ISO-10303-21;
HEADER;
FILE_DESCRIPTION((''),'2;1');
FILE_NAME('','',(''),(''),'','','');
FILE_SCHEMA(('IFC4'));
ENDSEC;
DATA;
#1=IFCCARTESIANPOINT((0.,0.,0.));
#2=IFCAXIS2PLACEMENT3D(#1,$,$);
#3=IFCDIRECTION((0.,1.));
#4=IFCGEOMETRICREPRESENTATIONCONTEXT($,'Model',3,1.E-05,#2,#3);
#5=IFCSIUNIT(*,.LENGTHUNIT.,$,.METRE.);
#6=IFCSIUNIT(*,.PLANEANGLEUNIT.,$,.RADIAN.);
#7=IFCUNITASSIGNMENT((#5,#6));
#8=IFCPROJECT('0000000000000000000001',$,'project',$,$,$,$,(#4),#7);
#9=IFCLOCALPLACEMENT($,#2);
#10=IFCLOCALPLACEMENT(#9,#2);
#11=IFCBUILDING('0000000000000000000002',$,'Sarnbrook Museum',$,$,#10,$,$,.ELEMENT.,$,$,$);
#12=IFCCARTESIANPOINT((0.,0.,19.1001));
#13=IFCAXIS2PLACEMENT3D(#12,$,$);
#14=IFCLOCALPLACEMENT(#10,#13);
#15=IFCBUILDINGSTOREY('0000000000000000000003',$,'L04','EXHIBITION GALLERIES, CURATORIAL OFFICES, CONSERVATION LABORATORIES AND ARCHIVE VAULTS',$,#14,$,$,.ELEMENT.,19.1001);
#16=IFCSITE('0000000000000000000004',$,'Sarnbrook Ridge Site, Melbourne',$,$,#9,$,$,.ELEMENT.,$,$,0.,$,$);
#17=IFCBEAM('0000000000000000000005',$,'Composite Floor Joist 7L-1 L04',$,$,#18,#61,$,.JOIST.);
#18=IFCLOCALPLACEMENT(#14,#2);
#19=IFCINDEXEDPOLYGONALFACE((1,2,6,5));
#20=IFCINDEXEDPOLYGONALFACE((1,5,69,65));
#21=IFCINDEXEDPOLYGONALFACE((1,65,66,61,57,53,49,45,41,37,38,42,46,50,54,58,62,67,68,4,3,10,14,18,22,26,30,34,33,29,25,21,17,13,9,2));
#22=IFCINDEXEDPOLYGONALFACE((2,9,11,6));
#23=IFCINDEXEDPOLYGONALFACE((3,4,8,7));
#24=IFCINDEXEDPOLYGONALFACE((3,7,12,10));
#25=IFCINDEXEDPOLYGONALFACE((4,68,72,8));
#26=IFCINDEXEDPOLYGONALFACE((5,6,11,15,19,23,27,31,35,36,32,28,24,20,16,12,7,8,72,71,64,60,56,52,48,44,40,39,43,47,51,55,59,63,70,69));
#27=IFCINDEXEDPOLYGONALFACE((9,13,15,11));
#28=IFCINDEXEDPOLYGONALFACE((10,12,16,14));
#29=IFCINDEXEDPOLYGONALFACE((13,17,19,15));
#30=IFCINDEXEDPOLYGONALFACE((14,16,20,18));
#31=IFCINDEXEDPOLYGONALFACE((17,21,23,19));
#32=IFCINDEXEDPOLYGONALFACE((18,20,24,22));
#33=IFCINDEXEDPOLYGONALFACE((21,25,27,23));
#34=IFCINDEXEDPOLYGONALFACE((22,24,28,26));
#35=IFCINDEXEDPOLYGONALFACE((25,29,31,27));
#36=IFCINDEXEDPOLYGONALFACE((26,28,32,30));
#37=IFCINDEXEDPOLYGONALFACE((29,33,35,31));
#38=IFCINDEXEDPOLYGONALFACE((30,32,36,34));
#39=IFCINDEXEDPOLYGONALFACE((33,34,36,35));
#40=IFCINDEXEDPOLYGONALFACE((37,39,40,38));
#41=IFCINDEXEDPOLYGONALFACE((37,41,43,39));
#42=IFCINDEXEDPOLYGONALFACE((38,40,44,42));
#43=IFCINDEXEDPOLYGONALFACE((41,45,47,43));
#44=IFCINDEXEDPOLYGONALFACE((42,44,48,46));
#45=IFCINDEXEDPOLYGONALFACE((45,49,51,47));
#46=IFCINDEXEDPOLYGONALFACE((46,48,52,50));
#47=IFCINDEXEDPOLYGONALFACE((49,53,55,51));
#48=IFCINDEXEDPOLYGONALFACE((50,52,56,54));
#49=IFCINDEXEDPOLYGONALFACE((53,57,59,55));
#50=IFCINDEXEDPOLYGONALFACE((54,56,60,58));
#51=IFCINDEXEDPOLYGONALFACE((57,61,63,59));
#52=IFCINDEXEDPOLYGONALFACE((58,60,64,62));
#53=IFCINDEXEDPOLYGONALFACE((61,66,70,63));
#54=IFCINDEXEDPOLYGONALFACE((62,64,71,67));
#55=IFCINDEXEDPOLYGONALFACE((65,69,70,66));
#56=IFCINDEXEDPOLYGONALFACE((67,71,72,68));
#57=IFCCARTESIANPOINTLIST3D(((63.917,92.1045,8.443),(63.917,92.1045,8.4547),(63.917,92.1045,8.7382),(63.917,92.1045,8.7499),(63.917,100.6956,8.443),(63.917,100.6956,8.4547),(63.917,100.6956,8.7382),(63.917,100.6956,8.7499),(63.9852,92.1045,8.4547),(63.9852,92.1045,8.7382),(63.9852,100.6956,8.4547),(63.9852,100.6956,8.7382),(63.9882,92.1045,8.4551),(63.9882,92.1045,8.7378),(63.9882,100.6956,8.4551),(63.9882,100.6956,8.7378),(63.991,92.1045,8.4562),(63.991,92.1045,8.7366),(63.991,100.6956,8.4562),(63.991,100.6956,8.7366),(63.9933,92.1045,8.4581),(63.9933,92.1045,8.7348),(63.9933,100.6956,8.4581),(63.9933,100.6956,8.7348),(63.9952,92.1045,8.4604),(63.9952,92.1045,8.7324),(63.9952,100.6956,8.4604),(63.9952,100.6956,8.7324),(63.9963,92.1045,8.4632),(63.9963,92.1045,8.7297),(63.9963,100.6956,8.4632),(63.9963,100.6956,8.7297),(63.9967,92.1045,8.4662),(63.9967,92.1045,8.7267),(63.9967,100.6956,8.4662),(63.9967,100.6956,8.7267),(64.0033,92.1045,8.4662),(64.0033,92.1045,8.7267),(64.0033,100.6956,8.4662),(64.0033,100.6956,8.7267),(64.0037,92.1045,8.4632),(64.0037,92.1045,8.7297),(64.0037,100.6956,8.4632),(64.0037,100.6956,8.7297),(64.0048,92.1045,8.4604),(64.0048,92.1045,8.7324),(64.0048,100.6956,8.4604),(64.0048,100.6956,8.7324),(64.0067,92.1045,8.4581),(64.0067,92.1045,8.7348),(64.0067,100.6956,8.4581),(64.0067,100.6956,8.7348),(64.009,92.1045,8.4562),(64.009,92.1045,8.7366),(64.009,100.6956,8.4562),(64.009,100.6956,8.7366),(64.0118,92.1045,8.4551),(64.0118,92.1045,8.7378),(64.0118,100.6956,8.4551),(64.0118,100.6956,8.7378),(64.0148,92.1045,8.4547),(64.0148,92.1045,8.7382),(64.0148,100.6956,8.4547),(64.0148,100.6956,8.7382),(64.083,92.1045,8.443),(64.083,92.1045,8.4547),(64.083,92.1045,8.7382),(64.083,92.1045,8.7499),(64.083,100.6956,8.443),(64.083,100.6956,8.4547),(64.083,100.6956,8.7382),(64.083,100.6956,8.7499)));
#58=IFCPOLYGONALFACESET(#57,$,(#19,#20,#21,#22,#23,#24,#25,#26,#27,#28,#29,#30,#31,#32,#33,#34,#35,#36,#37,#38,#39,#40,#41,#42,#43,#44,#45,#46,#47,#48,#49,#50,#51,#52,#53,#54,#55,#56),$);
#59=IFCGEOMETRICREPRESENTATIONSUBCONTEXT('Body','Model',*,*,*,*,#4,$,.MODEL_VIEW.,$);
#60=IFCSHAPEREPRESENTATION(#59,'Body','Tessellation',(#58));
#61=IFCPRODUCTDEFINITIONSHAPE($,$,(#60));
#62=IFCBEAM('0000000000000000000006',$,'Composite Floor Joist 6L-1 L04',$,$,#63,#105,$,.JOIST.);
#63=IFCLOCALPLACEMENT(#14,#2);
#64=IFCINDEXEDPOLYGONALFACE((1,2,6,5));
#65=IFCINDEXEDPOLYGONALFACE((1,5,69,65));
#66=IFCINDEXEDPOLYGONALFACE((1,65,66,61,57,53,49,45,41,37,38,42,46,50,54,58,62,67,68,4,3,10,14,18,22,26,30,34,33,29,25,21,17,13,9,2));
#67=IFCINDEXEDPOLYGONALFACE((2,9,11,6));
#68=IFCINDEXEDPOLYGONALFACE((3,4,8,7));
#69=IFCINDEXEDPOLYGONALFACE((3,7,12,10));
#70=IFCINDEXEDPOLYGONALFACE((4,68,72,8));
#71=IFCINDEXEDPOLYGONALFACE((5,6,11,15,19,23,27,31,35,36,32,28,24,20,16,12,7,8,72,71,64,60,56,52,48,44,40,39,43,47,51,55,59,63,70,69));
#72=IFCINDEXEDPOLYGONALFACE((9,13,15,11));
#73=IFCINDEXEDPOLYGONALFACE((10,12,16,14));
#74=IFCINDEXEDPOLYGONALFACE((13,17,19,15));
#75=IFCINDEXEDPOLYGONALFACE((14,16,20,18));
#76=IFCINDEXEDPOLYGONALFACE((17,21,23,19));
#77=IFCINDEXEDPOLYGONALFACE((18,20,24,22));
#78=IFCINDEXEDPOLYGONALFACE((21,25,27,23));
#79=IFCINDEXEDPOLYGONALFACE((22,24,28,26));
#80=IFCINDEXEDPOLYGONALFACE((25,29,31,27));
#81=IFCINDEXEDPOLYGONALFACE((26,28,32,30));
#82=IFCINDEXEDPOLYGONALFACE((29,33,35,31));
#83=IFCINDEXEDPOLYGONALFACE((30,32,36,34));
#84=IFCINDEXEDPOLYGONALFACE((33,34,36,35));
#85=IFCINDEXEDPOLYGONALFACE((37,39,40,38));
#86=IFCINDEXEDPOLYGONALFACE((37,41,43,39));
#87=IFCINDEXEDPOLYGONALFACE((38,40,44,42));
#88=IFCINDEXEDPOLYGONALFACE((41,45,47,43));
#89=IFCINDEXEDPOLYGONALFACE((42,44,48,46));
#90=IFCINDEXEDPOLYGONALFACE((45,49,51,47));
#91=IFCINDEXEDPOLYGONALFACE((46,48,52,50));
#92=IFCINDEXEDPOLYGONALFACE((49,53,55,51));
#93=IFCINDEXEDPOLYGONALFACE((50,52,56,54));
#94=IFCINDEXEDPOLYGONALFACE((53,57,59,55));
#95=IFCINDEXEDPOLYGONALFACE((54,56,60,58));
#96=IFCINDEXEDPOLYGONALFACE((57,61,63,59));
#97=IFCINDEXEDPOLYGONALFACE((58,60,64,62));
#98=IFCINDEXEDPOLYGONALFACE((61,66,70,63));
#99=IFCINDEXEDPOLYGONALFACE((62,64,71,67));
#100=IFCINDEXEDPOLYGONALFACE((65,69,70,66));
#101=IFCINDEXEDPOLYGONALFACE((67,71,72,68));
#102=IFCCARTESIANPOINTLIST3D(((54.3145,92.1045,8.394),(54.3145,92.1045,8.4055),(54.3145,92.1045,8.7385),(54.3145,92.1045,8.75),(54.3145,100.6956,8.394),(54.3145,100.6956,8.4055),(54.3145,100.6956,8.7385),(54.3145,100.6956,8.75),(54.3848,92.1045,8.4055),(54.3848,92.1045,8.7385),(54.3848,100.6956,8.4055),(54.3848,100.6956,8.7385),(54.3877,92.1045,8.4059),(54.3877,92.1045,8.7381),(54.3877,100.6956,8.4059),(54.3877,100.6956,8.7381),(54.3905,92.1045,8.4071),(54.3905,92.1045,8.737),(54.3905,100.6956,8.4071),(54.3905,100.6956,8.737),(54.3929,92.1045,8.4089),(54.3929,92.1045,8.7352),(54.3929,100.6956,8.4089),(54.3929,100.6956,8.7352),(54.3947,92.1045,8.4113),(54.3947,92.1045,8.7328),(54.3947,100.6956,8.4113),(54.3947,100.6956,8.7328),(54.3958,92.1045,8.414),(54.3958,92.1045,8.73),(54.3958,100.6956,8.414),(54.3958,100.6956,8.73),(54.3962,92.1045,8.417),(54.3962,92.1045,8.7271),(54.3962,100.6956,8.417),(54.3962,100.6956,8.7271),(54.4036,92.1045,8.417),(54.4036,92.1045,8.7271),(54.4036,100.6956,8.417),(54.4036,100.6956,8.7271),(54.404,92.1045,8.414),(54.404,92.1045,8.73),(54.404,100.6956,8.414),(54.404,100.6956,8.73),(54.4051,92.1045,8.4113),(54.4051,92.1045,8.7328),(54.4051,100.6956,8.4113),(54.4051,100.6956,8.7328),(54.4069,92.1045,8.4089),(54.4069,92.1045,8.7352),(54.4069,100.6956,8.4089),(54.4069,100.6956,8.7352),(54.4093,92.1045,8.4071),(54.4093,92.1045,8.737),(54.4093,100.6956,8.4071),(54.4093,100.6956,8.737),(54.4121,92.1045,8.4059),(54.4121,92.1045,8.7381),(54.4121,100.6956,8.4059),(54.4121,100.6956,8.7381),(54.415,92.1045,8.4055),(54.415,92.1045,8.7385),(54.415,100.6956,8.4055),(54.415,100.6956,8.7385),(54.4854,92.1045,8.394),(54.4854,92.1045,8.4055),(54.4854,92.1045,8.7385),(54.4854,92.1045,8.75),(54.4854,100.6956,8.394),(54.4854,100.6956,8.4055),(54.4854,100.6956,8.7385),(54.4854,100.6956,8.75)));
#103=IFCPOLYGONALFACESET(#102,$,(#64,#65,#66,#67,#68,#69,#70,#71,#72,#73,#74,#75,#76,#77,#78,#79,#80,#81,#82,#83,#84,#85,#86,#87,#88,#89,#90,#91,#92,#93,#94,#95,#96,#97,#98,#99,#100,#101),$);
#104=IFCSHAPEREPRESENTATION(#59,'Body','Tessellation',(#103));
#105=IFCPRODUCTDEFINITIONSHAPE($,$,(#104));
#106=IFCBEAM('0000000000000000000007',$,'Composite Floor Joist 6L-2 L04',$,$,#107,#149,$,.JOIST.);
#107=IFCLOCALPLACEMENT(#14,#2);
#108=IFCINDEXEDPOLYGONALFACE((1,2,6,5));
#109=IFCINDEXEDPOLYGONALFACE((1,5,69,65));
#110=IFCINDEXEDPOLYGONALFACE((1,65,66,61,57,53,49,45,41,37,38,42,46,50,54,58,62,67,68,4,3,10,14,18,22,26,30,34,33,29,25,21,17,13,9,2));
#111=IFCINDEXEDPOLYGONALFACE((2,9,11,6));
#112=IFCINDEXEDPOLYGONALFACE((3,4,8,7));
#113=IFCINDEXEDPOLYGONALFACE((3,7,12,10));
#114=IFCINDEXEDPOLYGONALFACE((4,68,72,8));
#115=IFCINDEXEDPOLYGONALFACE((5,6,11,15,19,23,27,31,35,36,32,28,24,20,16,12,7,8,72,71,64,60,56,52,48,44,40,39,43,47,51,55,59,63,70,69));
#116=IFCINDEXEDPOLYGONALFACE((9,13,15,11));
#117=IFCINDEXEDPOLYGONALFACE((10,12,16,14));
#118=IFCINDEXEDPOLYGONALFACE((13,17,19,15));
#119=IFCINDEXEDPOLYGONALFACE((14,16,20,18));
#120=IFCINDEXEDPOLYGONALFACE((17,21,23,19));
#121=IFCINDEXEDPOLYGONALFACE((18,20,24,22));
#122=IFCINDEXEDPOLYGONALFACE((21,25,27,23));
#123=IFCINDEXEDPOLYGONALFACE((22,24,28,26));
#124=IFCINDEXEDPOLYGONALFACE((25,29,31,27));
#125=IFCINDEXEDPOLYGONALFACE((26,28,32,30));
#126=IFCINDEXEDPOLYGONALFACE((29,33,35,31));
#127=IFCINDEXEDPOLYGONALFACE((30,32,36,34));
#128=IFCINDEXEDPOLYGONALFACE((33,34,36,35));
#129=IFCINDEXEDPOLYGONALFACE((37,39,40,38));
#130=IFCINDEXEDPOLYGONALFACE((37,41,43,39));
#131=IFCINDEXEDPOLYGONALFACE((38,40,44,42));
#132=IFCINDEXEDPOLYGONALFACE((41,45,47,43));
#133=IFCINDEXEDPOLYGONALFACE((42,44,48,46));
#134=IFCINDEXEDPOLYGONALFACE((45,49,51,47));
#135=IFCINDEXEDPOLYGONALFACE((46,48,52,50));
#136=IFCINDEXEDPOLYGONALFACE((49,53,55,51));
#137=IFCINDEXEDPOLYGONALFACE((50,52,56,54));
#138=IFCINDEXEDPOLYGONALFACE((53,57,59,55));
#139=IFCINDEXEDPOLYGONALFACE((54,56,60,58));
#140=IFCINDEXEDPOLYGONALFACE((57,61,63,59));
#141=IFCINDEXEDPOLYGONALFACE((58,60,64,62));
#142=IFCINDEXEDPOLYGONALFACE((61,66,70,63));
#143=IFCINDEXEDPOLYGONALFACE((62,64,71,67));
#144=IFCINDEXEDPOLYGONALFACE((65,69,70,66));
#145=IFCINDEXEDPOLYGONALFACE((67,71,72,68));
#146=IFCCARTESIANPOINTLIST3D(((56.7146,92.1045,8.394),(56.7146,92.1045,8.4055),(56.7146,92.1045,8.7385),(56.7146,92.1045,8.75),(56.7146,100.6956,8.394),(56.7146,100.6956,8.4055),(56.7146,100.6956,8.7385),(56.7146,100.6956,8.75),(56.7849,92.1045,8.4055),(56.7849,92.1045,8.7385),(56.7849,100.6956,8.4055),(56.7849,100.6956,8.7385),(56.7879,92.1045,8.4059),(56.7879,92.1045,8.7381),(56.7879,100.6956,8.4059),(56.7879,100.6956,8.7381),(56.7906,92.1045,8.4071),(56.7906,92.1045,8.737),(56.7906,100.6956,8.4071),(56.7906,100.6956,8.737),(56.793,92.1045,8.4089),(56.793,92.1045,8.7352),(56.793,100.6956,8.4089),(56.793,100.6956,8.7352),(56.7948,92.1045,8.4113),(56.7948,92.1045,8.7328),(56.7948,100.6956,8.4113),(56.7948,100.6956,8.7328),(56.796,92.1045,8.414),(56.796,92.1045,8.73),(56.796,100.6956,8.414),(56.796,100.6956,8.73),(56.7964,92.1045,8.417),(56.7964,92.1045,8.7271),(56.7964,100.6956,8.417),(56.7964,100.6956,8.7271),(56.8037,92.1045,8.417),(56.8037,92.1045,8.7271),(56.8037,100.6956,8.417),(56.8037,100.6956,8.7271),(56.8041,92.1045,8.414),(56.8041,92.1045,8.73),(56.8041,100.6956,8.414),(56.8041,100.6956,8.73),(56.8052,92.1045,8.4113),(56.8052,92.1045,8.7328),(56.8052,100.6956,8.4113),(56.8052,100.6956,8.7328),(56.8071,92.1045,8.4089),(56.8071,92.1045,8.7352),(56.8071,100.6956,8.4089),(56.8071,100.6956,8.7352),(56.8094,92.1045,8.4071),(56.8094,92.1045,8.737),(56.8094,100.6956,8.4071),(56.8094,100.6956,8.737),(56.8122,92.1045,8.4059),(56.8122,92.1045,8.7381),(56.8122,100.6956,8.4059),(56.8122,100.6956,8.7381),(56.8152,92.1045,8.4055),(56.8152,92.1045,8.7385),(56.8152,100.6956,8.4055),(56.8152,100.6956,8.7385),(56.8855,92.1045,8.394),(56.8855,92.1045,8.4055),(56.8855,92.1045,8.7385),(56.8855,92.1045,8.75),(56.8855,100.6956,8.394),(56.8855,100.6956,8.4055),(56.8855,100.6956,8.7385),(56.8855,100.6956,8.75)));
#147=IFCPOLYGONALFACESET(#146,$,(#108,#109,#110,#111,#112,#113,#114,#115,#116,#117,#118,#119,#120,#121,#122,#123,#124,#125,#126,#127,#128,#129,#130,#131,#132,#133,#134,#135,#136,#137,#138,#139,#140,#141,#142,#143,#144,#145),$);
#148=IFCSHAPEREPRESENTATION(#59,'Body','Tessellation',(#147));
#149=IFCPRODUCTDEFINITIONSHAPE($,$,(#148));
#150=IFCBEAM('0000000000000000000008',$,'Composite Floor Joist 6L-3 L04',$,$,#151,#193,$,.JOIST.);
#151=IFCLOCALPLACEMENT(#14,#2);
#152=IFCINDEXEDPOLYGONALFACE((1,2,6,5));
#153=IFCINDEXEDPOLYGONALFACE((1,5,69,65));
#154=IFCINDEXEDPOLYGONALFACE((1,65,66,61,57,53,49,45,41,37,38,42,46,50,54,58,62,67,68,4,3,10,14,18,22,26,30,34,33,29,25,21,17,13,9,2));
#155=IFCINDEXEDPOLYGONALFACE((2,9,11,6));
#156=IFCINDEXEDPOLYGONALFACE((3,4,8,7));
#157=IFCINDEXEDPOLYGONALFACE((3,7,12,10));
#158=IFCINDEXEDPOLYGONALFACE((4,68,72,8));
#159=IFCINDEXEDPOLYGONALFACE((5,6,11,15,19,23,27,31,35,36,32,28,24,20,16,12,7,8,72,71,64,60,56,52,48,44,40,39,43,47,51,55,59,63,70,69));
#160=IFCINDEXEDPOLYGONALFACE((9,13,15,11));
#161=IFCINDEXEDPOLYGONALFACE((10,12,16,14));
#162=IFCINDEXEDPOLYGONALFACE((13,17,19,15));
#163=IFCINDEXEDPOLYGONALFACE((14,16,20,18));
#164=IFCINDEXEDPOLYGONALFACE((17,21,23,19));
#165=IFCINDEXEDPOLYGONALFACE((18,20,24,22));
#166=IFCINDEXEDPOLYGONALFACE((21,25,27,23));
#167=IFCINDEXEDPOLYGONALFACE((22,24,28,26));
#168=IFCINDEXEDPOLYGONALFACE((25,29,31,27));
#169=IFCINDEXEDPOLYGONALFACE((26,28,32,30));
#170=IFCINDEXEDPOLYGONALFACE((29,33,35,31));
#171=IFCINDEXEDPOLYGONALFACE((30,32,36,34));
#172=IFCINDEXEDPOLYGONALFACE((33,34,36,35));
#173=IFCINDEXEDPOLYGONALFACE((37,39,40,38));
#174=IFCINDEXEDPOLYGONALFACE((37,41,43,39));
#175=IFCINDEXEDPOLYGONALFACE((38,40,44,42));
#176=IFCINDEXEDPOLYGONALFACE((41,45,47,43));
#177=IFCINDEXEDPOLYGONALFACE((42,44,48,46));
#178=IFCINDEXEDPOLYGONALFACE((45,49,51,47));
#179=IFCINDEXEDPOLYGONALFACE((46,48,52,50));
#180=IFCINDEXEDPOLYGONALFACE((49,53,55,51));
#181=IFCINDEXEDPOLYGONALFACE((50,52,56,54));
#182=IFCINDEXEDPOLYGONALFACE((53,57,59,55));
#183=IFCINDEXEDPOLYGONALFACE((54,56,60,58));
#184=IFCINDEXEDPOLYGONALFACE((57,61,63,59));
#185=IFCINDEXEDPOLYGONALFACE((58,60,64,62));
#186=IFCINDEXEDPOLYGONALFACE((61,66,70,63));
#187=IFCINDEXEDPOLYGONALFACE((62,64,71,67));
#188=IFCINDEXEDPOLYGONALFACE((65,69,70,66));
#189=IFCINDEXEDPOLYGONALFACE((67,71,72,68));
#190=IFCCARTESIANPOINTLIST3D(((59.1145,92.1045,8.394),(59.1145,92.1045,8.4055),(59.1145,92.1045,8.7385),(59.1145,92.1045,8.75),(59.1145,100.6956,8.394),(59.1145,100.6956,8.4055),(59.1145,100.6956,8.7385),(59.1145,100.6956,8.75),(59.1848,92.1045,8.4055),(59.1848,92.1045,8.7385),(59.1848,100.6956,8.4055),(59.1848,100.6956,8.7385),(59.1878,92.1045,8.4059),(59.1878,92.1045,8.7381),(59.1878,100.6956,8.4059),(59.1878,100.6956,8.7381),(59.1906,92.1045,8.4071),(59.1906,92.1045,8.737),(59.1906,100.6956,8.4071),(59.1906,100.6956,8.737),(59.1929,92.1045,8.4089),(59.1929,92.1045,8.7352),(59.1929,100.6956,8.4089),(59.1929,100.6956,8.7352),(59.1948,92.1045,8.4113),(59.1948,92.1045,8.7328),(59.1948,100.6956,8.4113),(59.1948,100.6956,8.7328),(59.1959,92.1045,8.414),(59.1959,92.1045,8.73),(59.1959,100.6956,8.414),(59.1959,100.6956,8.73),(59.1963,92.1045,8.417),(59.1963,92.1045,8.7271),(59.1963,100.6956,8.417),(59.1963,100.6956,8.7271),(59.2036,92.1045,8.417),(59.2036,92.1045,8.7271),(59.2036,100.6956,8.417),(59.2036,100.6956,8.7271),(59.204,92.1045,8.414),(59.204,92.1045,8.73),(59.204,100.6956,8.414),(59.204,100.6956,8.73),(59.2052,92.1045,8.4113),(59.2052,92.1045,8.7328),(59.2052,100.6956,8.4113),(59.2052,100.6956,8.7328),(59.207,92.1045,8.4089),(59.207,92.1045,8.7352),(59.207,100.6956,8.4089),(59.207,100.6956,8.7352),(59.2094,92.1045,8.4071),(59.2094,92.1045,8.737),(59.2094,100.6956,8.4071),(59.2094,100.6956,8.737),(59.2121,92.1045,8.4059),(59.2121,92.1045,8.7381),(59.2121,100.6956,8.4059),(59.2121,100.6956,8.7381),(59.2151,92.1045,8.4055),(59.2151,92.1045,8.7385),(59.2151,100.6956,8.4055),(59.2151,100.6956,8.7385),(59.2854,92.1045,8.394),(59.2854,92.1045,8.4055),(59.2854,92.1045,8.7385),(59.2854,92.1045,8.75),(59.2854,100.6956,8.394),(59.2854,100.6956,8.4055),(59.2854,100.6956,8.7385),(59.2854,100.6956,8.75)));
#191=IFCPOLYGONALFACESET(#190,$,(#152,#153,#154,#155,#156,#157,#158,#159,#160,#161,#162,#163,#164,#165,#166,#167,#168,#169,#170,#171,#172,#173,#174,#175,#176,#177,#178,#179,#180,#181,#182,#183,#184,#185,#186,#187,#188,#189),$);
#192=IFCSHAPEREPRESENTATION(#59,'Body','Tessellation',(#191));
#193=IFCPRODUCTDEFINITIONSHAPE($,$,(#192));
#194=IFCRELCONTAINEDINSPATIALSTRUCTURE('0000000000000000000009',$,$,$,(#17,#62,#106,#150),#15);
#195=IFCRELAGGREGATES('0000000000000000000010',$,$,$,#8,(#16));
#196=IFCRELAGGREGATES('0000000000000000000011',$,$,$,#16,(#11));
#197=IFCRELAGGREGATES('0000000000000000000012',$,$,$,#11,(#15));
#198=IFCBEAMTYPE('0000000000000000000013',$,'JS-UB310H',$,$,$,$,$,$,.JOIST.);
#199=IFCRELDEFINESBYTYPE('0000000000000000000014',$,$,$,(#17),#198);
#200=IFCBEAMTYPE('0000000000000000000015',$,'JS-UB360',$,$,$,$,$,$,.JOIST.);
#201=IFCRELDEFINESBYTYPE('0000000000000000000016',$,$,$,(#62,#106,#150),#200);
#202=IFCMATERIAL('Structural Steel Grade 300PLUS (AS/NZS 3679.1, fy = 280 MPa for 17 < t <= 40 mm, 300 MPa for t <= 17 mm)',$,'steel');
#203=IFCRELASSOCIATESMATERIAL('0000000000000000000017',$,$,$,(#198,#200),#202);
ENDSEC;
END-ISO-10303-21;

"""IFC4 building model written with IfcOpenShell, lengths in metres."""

from ifc_helpers import new_model, si_unit, direction, frame, origin, origin_2d, place, context, subcontext, project, spatial, i_section, extrude, material, material_profile, profile_set, type_object, element, save


model = new_model("IFC4")

# Units and contexts
model_context = context("Model", 3, precision=1e-05, world=origin(), true_north=direction((0.0, 1.0)))
body_context = subcontext(model_context, "Body", "Model", "MODEL_VIEW")
ifc_project = project(units=[si_unit("LENGTHUNIT", "METRE"), si_unit("PLANEANGLEUNIT", "RADIAN")], contexts=[model_context])

# Site, building, storey
site_placement = place(None, origin())
site = spatial("IfcSite", under=ifc_project, at=site_placement, Name="Sarnbrook Ridge Site, Melbourne", CompositionType="ELEMENT", RefElevation=0.0)
building_placement = place(site_placement, origin())
building = spatial("IfcBuilding", under=site, at=building_placement, Name="Sarnbrook Museum", CompositionType="ELEMENT")
storey_placement = place(building_placement, frame((0.0, 0.0, 19.1001)))
storey = spatial("IfcBuildingStorey", under=building, at=storey_placement, Name="L04", Description="EXHIBITION GALLERIES, CURATORIAL OFFICES, CONSERVATION LABORATORIES AND ARCHIVE VAULTS", CompositionType="ELEMENT", Elevation=19.1001)

# Shared definitions
ifc_material_1 = material(Name="Structural Steel Grade 300PLUS (AS/NZS 3679.1, fy = 280 MPa for 17 < t <= 40 mm, 300 MPa for t <= 17 mm)", Category="steel")

# Beams
ifc_material_profile_1 = material_profile(ifc_material_1, i_section(OverallWidth=0.166, OverallDepth=0.3069, WebThickness=0.0066, FlangeThickness=0.0117, FilletRadius=0.0115, at=origin_2d()), Name="310UB46.2")
ifc_profile_set_1 = profile_set([ifc_material_profile_1], Name="Structural Steel Grade 300PLUS (AS/NZS 3679.1, fy = 280 MPa for 17 < t <= 40 mm, 300 MPa for t <= 17 mm)")
beam_type_1 = type_object("IfcBeamType", Name="JS-UB310H", PredefinedType="JOIST", material=ifc_profile_set_1)
beam_1_placement = place(storey_placement, frame((64.0, 92.1045, 8.5964), z_axis=(0.0, 1.0, 0.0), x_axis=(-1.0, 0.0, 0.0)))
element("IfcBeam", 1, at=beam_1_placement, inside=storey, type_object=beam_type_1, Name="Composite Floor Joist 7L-1 L04", PredefinedType="JOIST", context=body_context, shape_type="SweptSolid", body=[
    extrude(i_section(OverallWidth=0.166, OverallDepth=0.3069, WebThickness=0.0066, FlangeThickness=0.0117, FilletRadius=0.0115, at=origin_2d()), origin(), (0.0, 0.0, 1.0), 8.5911),
])
ifc_material_profile_2 = material_profile(ifc_material_1, i_section(OverallWidth=0.1709, OverallDepth=0.356, WebThickness=0.0073, FlangeThickness=0.0115, FilletRadius=0.0115, at=origin_2d()), Name="360UB50.7")
ifc_profile_set_2 = profile_set([ifc_material_profile_2], Name="Structural Steel Grade 300PLUS (AS/NZS 3679.1, fy = 280 MPa for 17 < t <= 40 mm, 300 MPa for t <= 17 mm)")
beam_type_2 = type_object("IfcBeamType", Name="JS-UB360", PredefinedType="JOIST", material=ifc_profile_set_2)
for number, where, z_axis, x_axis, name in (
    (2, (54.3999, 92.1045, 8.572), (0.0, 1.0, 0.0), (-1.0, 0.0, 0.0), "Composite Floor Joist 6L-1 L04"),
    (3, (56.8, 92.1045, 8.572), (0.0, 1.0, 0.0), (-1.0, 0.0, 0.0), "Composite Floor Joist 6L-2 L04"),
    (4, (59.2, 92.1045, 8.572), (0.0, 1.0, 0.0), (-1.0, 0.0, 0.0), "Composite Floor Joist 6L-3 L04"),
):
    element("IfcBeam", number, at=place(storey_placement, frame(where, z_axis=z_axis, x_axis=x_axis)), inside=storey, type_object=beam_type_2, Name=name, PredefinedType="JOIST", context=body_context, shape_type="SweptSolid", body=[
        extrude(i_section(OverallWidth=0.1709, OverallDepth=0.356, WebThickness=0.0073, FlangeThickness=0.0115, FilletRadius=0.0115, at=origin_2d()), origin(), (0.0, 0.0, 1.0), 8.5911),
    ])

save(model, "model.ifc")
